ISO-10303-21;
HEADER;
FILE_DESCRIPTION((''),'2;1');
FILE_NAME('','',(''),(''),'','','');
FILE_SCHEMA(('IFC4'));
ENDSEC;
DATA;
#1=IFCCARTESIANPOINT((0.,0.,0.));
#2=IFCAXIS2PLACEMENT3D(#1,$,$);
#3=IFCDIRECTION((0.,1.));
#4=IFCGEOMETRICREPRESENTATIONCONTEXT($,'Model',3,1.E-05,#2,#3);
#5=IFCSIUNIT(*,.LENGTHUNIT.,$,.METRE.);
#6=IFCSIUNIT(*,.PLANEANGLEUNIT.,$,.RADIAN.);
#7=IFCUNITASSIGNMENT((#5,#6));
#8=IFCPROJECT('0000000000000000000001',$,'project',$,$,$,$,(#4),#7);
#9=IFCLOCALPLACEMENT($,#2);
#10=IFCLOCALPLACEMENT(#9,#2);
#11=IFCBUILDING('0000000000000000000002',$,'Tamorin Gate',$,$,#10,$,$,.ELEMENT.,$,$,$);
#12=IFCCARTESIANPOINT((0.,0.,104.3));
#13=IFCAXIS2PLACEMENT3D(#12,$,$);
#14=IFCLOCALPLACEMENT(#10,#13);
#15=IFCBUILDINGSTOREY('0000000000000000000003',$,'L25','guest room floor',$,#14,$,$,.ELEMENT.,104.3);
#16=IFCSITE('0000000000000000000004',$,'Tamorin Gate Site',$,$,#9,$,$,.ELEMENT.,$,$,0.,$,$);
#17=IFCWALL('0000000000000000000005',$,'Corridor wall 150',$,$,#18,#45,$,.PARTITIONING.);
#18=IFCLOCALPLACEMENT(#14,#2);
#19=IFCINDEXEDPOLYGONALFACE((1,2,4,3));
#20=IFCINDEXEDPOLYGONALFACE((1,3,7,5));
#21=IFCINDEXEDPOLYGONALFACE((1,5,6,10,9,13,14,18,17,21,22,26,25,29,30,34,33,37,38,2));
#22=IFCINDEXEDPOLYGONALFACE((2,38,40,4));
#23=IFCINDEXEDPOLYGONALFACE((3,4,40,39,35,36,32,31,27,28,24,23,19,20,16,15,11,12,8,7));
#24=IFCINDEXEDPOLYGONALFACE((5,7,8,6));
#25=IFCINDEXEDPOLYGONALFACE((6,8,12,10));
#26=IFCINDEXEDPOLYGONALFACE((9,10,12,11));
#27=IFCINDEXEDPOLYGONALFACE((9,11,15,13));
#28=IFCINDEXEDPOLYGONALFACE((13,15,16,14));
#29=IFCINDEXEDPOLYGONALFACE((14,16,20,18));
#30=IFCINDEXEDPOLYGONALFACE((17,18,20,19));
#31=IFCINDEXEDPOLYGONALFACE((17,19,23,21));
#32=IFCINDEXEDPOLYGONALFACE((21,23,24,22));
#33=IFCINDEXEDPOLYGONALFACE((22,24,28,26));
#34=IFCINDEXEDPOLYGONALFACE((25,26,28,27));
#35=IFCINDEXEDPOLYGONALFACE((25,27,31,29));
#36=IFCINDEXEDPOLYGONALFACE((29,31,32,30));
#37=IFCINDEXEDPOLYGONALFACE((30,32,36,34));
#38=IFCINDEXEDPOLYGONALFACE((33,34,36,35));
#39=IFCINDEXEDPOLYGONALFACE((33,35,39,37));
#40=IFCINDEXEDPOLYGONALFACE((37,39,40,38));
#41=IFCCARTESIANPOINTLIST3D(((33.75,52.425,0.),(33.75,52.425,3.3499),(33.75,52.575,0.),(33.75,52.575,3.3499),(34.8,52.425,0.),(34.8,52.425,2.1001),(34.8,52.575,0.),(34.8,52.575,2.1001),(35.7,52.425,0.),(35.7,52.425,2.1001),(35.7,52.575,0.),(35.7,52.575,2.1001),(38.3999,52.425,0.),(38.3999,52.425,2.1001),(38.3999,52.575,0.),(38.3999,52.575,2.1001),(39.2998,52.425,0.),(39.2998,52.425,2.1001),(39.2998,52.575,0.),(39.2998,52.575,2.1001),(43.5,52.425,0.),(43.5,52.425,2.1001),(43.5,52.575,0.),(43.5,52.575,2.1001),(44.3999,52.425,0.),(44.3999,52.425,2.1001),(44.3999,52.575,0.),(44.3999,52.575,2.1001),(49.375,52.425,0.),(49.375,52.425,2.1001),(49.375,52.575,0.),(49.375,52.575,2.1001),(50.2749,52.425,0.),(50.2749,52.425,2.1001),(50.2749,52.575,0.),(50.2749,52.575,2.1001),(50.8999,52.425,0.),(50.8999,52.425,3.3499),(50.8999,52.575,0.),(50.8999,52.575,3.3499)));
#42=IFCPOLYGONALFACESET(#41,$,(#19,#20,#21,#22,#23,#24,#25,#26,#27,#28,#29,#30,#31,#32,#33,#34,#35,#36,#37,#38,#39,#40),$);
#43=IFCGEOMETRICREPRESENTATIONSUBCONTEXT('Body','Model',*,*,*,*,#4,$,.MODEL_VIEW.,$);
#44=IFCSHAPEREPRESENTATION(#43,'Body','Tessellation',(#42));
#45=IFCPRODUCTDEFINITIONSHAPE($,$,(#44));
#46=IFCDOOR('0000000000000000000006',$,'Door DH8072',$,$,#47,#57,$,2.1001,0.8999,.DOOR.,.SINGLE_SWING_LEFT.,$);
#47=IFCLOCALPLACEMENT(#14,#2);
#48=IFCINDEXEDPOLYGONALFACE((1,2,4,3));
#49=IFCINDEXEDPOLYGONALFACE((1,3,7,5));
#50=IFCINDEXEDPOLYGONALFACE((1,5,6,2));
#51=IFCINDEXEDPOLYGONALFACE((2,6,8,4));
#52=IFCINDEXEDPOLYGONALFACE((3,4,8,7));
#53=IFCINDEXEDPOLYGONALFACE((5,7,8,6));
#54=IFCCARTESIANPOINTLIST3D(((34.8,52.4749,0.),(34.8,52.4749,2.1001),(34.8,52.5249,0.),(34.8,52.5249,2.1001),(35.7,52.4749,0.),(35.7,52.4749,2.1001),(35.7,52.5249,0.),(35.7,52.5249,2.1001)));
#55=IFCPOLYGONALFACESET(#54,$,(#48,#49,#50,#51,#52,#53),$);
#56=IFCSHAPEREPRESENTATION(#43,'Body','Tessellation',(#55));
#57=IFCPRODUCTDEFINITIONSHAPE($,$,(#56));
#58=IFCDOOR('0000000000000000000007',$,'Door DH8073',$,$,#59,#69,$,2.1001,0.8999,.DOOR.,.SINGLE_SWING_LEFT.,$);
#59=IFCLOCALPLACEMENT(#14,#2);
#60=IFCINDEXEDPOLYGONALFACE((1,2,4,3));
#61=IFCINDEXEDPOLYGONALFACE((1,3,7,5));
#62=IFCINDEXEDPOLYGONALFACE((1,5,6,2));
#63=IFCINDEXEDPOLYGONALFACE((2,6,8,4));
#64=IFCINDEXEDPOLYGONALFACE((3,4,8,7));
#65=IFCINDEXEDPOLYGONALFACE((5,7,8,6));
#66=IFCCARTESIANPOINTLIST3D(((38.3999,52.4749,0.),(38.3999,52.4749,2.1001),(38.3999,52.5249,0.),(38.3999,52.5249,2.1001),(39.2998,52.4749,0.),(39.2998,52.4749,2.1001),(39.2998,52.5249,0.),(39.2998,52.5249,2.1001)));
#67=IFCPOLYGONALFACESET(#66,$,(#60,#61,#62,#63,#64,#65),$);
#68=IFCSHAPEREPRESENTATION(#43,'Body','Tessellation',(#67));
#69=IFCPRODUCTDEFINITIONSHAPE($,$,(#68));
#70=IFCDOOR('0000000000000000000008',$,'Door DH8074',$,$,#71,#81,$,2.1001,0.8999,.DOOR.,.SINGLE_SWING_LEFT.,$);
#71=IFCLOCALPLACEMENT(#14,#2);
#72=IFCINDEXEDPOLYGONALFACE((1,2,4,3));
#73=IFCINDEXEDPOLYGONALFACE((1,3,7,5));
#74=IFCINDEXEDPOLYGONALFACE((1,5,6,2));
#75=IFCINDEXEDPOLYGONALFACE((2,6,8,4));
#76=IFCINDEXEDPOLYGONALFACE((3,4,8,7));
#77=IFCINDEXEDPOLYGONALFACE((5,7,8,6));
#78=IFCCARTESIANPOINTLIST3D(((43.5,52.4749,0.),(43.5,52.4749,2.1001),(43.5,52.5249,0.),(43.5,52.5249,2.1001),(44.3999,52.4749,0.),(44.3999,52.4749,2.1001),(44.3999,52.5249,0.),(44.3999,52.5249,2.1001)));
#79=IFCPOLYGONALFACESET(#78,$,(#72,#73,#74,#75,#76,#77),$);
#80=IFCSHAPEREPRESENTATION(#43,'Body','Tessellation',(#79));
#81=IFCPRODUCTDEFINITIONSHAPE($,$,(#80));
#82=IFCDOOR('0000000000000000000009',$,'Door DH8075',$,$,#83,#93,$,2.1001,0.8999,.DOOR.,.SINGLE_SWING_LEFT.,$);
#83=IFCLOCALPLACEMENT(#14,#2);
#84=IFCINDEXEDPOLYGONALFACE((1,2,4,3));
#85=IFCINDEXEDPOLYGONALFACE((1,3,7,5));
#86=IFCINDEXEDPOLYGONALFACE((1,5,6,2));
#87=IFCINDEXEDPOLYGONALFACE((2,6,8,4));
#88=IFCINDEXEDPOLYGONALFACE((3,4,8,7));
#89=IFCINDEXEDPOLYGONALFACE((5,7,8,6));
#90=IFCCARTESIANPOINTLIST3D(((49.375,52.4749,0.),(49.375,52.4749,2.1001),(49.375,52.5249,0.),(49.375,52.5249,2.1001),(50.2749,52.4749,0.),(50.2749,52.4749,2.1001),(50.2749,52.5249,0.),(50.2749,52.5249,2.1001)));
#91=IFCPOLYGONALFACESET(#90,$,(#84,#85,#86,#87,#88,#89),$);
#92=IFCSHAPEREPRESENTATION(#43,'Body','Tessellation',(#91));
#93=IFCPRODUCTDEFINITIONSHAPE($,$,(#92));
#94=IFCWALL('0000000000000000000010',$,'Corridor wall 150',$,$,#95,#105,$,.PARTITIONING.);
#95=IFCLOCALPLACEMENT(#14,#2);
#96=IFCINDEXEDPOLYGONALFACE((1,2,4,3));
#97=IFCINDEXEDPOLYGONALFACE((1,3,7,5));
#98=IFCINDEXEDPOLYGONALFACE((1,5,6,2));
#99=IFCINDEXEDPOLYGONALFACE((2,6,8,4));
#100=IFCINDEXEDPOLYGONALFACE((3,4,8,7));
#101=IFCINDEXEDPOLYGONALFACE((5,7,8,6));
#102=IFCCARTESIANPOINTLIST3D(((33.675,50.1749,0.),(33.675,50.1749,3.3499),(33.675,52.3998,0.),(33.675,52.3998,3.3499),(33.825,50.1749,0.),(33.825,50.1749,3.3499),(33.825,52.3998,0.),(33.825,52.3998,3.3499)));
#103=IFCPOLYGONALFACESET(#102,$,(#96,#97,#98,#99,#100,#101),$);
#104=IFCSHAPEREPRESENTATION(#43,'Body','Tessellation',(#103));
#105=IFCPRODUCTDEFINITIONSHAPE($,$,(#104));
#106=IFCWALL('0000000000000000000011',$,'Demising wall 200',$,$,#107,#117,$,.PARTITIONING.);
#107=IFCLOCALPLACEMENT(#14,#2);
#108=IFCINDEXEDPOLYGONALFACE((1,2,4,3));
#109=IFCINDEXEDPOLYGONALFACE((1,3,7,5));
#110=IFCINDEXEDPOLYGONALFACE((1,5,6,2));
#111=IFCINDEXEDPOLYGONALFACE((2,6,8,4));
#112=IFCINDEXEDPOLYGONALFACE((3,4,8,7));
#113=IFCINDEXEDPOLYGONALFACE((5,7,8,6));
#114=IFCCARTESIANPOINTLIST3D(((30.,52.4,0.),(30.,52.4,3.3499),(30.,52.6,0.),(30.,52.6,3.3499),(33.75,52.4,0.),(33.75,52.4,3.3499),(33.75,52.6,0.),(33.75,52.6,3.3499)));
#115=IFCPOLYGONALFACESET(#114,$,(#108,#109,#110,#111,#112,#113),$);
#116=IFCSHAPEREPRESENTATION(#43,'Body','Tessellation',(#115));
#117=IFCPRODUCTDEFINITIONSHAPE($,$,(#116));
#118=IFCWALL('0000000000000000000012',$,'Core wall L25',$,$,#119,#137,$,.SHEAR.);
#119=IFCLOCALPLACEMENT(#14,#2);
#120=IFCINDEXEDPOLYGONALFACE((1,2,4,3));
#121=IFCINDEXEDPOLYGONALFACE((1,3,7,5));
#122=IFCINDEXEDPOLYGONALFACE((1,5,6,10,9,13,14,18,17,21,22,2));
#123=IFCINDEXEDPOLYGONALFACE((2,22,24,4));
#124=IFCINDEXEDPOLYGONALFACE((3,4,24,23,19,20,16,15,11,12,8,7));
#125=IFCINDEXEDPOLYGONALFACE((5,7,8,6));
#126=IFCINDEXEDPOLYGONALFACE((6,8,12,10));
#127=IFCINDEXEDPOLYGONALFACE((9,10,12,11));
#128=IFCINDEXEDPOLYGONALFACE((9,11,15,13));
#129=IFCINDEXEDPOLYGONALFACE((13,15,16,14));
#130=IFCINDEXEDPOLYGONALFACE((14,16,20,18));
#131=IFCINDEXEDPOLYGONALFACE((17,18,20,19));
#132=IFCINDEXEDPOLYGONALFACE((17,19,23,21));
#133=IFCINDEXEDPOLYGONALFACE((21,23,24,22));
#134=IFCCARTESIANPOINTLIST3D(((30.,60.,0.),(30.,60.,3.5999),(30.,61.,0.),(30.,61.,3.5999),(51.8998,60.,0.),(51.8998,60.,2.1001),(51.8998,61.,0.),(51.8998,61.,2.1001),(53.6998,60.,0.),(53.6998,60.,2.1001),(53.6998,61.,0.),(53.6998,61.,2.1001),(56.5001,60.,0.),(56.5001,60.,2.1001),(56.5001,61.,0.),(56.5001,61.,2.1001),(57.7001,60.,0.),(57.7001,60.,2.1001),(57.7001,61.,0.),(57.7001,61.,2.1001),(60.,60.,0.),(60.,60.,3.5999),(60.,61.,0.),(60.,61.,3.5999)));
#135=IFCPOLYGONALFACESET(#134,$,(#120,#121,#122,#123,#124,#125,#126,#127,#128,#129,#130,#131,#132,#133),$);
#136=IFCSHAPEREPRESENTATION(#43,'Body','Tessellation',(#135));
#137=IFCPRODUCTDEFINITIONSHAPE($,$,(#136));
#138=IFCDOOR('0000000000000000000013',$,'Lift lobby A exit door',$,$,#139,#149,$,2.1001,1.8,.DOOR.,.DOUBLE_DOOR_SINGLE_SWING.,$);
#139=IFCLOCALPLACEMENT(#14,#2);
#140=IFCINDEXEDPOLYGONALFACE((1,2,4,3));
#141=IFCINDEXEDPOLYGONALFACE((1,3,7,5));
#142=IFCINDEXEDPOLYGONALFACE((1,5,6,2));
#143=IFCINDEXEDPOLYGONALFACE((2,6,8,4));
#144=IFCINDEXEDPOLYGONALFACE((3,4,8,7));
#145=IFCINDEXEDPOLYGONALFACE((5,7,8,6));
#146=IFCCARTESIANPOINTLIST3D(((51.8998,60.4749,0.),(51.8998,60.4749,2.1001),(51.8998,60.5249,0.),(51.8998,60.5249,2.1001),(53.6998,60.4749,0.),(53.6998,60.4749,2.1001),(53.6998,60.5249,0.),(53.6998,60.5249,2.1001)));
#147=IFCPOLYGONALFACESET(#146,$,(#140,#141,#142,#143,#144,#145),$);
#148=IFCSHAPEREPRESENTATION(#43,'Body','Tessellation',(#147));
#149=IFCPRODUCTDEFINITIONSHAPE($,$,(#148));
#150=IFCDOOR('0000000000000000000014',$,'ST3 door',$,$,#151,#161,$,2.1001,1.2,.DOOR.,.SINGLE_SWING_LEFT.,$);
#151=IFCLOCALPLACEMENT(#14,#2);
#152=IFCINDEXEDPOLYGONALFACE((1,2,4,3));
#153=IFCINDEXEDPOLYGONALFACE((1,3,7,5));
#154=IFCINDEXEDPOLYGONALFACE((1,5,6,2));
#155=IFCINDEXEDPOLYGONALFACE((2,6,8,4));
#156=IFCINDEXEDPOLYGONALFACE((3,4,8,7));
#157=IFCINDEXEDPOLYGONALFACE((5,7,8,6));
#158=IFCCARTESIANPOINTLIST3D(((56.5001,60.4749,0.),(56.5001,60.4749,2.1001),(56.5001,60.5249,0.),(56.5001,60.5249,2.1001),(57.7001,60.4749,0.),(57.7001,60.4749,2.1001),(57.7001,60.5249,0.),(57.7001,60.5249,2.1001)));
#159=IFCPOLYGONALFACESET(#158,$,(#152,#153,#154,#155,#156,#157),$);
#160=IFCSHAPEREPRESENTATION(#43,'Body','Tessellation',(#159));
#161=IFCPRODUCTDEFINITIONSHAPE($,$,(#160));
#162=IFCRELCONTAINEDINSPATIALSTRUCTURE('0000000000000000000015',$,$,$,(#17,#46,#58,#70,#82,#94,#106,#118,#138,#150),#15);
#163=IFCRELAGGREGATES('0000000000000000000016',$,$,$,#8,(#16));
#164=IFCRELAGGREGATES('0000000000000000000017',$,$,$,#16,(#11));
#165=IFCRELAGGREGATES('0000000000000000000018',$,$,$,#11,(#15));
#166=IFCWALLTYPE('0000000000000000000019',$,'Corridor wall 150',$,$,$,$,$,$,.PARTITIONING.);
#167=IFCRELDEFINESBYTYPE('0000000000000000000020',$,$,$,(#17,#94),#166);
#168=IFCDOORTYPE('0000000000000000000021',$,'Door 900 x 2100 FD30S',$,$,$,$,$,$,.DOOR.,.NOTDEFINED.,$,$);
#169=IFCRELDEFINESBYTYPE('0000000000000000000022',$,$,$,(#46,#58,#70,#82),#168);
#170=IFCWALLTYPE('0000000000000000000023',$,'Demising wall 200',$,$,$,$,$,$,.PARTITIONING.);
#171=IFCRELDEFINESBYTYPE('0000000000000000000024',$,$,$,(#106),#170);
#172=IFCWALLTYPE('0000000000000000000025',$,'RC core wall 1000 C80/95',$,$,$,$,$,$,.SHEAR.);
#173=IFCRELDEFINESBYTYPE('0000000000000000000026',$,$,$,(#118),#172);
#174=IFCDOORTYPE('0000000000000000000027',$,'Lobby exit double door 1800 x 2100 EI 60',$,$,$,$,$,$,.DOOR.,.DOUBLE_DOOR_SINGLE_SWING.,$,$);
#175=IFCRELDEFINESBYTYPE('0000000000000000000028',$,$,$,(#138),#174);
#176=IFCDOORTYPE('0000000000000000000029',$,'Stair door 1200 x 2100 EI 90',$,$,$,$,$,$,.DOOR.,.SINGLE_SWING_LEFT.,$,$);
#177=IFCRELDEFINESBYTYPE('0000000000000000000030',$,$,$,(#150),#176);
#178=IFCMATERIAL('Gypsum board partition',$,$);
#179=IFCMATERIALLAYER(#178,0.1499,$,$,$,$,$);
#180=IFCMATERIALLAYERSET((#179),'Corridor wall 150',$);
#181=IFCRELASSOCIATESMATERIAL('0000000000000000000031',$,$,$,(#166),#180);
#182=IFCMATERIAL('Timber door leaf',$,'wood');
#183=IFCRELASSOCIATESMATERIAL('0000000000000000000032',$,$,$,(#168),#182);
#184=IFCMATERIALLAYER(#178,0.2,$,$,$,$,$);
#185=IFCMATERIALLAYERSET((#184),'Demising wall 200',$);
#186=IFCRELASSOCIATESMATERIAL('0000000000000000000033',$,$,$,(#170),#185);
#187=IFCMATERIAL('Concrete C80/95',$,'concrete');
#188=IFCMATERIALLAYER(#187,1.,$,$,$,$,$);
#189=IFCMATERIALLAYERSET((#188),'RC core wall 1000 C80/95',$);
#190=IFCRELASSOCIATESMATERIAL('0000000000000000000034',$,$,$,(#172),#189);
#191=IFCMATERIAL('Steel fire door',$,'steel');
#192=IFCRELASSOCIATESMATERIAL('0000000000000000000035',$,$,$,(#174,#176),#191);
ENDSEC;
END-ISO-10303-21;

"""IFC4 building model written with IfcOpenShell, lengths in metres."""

from ifc_helpers import new_model, si_unit, direction, frame, frame_2d, origin, place, context, subcontext, project, spatial, rectangle, extrude, material, layer, layer_set, type_object, element, fill, save


model = new_model("IFC4")

# Units and contexts
model_context = context("Model", 3, precision=1e-05, world=origin(), true_north=direction((0.0, 1.0)))
body_context = subcontext(model_context, "Body", "Model", "MODEL_VIEW")
ifc_project = project(units=[si_unit("LENGTHUNIT", "METRE"), si_unit("PLANEANGLEUNIT", "RADIAN")], contexts=[model_context])

# Site, building, storey
site_placement = place(None, origin())
site = spatial("IfcSite", under=ifc_project, at=site_placement, Name="Tamorin Gate Site", CompositionType="ELEMENT", RefElevation=0.0)
building_placement = place(site_placement, origin())
building = spatial("IfcBuilding", under=site, at=building_placement, Name="Tamorin Gate", CompositionType="ELEMENT")
storey_placement = place(building_placement, frame((0.0, 0.0, 104.3)))
storey = spatial("IfcBuildingStorey", under=building, at=storey_placement, Name="L25", Description="guest room floor", CompositionType="ELEMENT", Elevation=104.3)

# Shared definitions
ifc_material_1 = material(Name="Concrete C80/95", Category="concrete")

# Wall, openings, doors
ifc_material_2 = material(Name="Gypsum board partition")
ifc_layer_1 = layer(ifc_material_2, 0.1499)
ifc_layer_set_1 = layer_set([ifc_layer_1], Name="Corridor wall 150")
wall_type_1 = type_object("IfcWallType", Name="Corridor wall 150", PredefinedType="PARTITIONING", material=ifc_layer_set_1)
wall_1_placement = place(storey_placement, frame((33.75, 52.5, 0.0), z_axis=(0.0, 0.0, 1.0), x_axis=(1.0, 0.0, 0.0)))
wall_1 = element("IfcWall", 1, at=wall_1_placement, inside=storey, type_object=wall_type_1, Name="Corridor wall 150", PredefinedType="PARTITIONING", context=body_context, shape_type="SweptSolid", body=[
    extrude(rectangle(XDim=17.1499, YDim=0.1499, at=frame_2d((8.575, 0.0))), origin(), (0.0, 0.0, 1.0), 3.3499),
])
opening_1_placement = place(wall_1_placement, frame((1.05, 0.0, 0.0)))
opening_1 = element("IfcOpeningElement", 2, at=opening_1_placement, cuts=wall_1, PredefinedType="OPENING", context=body_context, shape_type="SweptSolid", body=[
    extrude(rectangle(XDim=0.8999, YDim=2.1001, at=frame_2d((0.45, 1.05))), frame((0.0, 0.085, 0.0), z_axis=(0.0, -1.0, 0.0), x_axis=(1.0, 0.0, 0.0)), (0.0, 0.0, 1.0), 0.1699),
])
opening_2_placement = place(wall_1_placement, frame((4.6499, 0.0, 0.0)))
opening_2 = element("IfcOpeningElement", 3, at=opening_2_placement, cuts=wall_1, PredefinedType="OPENING", context=body_context, shape_type="SweptSolid", body=[
    extrude(rectangle(XDim=0.8999, YDim=2.1001, at=frame_2d((0.45, 1.05))), frame((0.0, 0.085, 0.0), z_axis=(0.0, -1.0, 0.0), x_axis=(1.0, 0.0, 0.0)), (0.0, 0.0, 1.0), 0.1699),
])
opening_3_placement = place(wall_1_placement, frame((9.75, 0.0, 0.0)))
opening_3 = element("IfcOpeningElement", 4, at=opening_3_placement, cuts=wall_1, PredefinedType="OPENING", context=body_context, shape_type="SweptSolid", body=[
    extrude(rectangle(XDim=0.8999, YDim=2.1001, at=frame_2d((0.45, 1.05))), frame((0.0, 0.085, 0.0), z_axis=(0.0, -1.0, 0.0), x_axis=(1.0, 0.0, 0.0)), (0.0, 0.0, 1.0), 0.1699),
])
opening_4_placement = place(wall_1_placement, frame((15.625, 0.0, 0.0)))
opening_4 = element("IfcOpeningElement", 5, at=opening_4_placement, cuts=wall_1, PredefinedType="OPENING", context=body_context, shape_type="SweptSolid", body=[
    extrude(rectangle(XDim=0.8999, YDim=2.1001, at=frame_2d((0.45, 1.05))), frame((0.0, 0.085, 0.0), z_axis=(0.0, -1.0, 0.0), x_axis=(1.0, 0.0, 0.0)), (0.0, 0.0, 1.0), 0.1699),
])
ifc_material_3 = material(Name="Timber door leaf", Category="wood")
door_type_1 = type_object("IfcDoorType", Name="Door 900 x 2100 FD30S", OperationType="NOTDEFINED", PredefinedType="DOOR", material=ifc_material_3)
door_1_placement = place(opening_1_placement, origin())
door_1 = element("IfcDoor", 6, at=door_1_placement, inside=storey, type_object=door_type_1, Name="Door DH8072", OperationType="SINGLE_SWING_LEFT", OverallHeight=2.1001, OverallWidth=0.8999, PredefinedType="DOOR", context=body_context, shape_type="SweptSolid", body=[
    extrude(rectangle(XDim=0.8999, YDim=2.1001, at=frame_2d((0.45, 1.05))), frame((0.0, 0.0249, 0.0), z_axis=(0.0, -1.0, 0.0), x_axis=(1.0, 0.0, 0.0)), (0.0, 0.0, 1.0), 0.05),
])
fill(opening_1, door_1)
door_2_placement = place(opening_2_placement, origin())
door_2 = element("IfcDoor", 7, at=door_2_placement, inside=storey, type_object=door_type_1, Name="Door DH8073", OperationType="SINGLE_SWING_LEFT", OverallHeight=2.1001, OverallWidth=0.8999, PredefinedType="DOOR", context=body_context, shape_type="SweptSolid", body=[
    extrude(rectangle(XDim=0.8999, YDim=2.1001, at=frame_2d((0.45, 1.05))), frame((0.0, 0.0249, 0.0), z_axis=(0.0, -1.0, 0.0), x_axis=(1.0, 0.0, 0.0)), (0.0, 0.0, 1.0), 0.05),
])
fill(opening_2, door_2)
door_3_placement = place(opening_3_placement, origin())
door_3 = element("IfcDoor", 8, at=door_3_placement, inside=storey, type_object=door_type_1, Name="Door DH8074", OperationType="SINGLE_SWING_LEFT", OverallHeight=2.1001, OverallWidth=0.8999, PredefinedType="DOOR", context=body_context, shape_type="SweptSolid", body=[
    extrude(rectangle(XDim=0.8999, YDim=2.1001, at=frame_2d((0.45, 1.05))), frame((0.0, 0.0249, 0.0), z_axis=(0.0, -1.0, 0.0), x_axis=(1.0, 0.0, 0.0)), (0.0, 0.0, 1.0), 0.05),
])
fill(opening_3, door_3)
door_4_placement = place(opening_4_placement, origin())
door_4 = element("IfcDoor", 9, at=door_4_placement, inside=storey, type_object=door_type_1, Name="Door DH8075", OperationType="SINGLE_SWING_LEFT", OverallHeight=2.1001, OverallWidth=0.8999, PredefinedType="DOOR", context=body_context, shape_type="SweptSolid", body=[
    extrude(rectangle(XDim=0.8999, YDim=2.1001, at=frame_2d((0.45, 1.05))), frame((0.0, 0.0249, 0.0), z_axis=(0.0, -1.0, 0.0), x_axis=(1.0, 0.0, 0.0)), (0.0, 0.0, 1.0), 0.05),
])
fill(opening_4, door_4)

# Walls
wall_2_placement = place(storey_placement, frame((33.75, 50.175, 0.0), z_axis=(0.0, 0.0, 1.0), x_axis=(0.0, 1.0, 0.0)))
element("IfcWall", 10, at=wall_2_placement, inside=storey, type_object=wall_type_1, Name="Corridor wall 150", PredefinedType="PARTITIONING", context=body_context, shape_type="SweptSolid", body=[
    extrude(rectangle(XDim=2.2249, YDim=0.1499, at=frame_2d((1.1123, 0.0))), origin(), (0.0, 0.0, 1.0), 3.3499),
])
ifc_layer_2 = layer(ifc_material_2, 0.2)
ifc_layer_set_2 = layer_set([ifc_layer_2], Name="Demising wall 200")
wall_type_2 = type_object("IfcWallType", Name="Demising wall 200", PredefinedType="PARTITIONING", material=ifc_layer_set_2)
wall_3_placement = place(storey_placement, frame((30.0, 52.5, 0.0), z_axis=(0.0, 0.0, 1.0), x_axis=(1.0, 0.0, 0.0)))
element("IfcWall", 11, at=wall_3_placement, inside=storey, type_object=wall_type_2, Name="Demising wall 200", PredefinedType="PARTITIONING", context=body_context, shape_type="SweptSolid", body=[
    extrude(rectangle(XDim=3.75, YDim=0.2, at=frame_2d((1.875, 0.0))), origin(), (0.0, 0.0, 1.0), 3.3499),
])

# Wall, openings, doors
ifc_layer_3 = layer(ifc_material_1, 1.0)
ifc_layer_set_3 = layer_set([ifc_layer_3], Name="RC core wall 1000 C80/95")
wall_type_3 = type_object("IfcWallType", Name="RC core wall 1000 C80/95", PredefinedType="SHEAR", material=ifc_layer_set_3)
wall_4_placement = place(storey_placement, frame((30.0, 60.5, 0.0), z_axis=(0.0, 0.0, 1.0), x_axis=(1.0, 0.0, 0.0)))
wall_4 = element("IfcWall", 12, at=wall_4_placement, inside=storey, type_object=wall_type_3, Name="Core wall L25", PredefinedType="SHEAR", context=body_context, shape_type="SweptSolid", body=[
    extrude(rectangle(XDim=30.0, YDim=1.0, at=frame_2d((15.0, 0.0))), origin(), (0.0, 0.0, 1.0), 3.5999),
])
opening_5_placement = place(wall_4_placement, frame((21.8999, 0.0, 0.0)))
opening_5 = element("IfcOpeningElement", 13, at=opening_5_placement, cuts=wall_4, PredefinedType="OPENING", context=body_context, shape_type="SweptSolid", body=[
    extrude(rectangle(XDim=1.8, YDim=2.1001, at=frame_2d((0.8999, 1.05))), frame((0.0, 0.51, 0.0), z_axis=(0.0, -1.0, 0.0), x_axis=(1.0, 0.0, 0.0)), (0.0, 0.0, 1.0), 1.02),
])
opening_6_placement = place(wall_4_placement, frame((26.5, 0.0, 0.0)))
opening_6 = element("IfcOpeningElement", 14, at=opening_6_placement, cuts=wall_4, PredefinedType="OPENING", context=body_context, shape_type="SweptSolid", body=[
    extrude(rectangle(XDim=1.2, YDim=2.1001, at=frame_2d((0.6001, 1.05))), frame((0.0, 0.51, 0.0), z_axis=(0.0, -1.0, 0.0), x_axis=(1.0, 0.0, 0.0)), (0.0, 0.0, 1.0), 1.02),
])
ifc_material_4 = material(Name="Steel fire door", Category="steel")
door_type_2 = type_object("IfcDoorType", Name="Lobby exit double door 1800 x 2100 EI 60", OperationType="DOUBLE_DOOR_SINGLE_SWING", PredefinedType="DOOR", material=ifc_material_4)
door_5_placement = place(opening_5_placement, origin())
door_5 = element("IfcDoor", 15, at=door_5_placement, inside=storey, type_object=door_type_2, Name="Lift lobby A exit door", OperationType="DOUBLE_DOOR_SINGLE_SWING", OverallHeight=2.1001, OverallWidth=1.8, PredefinedType="DOOR", context=body_context, shape_type="SweptSolid", body=[
    extrude(rectangle(XDim=1.8, YDim=2.1001, at=frame_2d((0.8999, 1.05))), frame((0.0, 0.0249, 0.0), z_axis=(0.0, -1.0, 0.0), x_axis=(1.0, 0.0, 0.0)), (0.0, 0.0, 1.0), 0.05),
])
fill(opening_5, door_5)
door_type_3 = type_object("IfcDoorType", Name="Stair door 1200 x 2100 EI 90", OperationType="SINGLE_SWING_LEFT", PredefinedType="DOOR", material=ifc_material_4)
door_6_placement = place(opening_6_placement, origin())
door_6 = element("IfcDoor", 16, at=door_6_placement, inside=storey, type_object=door_type_3, Name="ST3 door", OperationType="SINGLE_SWING_LEFT", OverallHeight=2.1001, OverallWidth=1.2, PredefinedType="DOOR", context=body_context, shape_type="SweptSolid", body=[
    extrude(rectangle(XDim=1.2, YDim=2.1001, at=frame_2d((0.6001, 1.05))), frame((0.0, 0.0249, 0.0), z_axis=(0.0, -1.0, 0.0), x_axis=(1.0, 0.0, 0.0)), (0.0, 0.0, 1.0), 0.05),
])
fill(opening_6, door_6)

save(model, "model.ifc")
